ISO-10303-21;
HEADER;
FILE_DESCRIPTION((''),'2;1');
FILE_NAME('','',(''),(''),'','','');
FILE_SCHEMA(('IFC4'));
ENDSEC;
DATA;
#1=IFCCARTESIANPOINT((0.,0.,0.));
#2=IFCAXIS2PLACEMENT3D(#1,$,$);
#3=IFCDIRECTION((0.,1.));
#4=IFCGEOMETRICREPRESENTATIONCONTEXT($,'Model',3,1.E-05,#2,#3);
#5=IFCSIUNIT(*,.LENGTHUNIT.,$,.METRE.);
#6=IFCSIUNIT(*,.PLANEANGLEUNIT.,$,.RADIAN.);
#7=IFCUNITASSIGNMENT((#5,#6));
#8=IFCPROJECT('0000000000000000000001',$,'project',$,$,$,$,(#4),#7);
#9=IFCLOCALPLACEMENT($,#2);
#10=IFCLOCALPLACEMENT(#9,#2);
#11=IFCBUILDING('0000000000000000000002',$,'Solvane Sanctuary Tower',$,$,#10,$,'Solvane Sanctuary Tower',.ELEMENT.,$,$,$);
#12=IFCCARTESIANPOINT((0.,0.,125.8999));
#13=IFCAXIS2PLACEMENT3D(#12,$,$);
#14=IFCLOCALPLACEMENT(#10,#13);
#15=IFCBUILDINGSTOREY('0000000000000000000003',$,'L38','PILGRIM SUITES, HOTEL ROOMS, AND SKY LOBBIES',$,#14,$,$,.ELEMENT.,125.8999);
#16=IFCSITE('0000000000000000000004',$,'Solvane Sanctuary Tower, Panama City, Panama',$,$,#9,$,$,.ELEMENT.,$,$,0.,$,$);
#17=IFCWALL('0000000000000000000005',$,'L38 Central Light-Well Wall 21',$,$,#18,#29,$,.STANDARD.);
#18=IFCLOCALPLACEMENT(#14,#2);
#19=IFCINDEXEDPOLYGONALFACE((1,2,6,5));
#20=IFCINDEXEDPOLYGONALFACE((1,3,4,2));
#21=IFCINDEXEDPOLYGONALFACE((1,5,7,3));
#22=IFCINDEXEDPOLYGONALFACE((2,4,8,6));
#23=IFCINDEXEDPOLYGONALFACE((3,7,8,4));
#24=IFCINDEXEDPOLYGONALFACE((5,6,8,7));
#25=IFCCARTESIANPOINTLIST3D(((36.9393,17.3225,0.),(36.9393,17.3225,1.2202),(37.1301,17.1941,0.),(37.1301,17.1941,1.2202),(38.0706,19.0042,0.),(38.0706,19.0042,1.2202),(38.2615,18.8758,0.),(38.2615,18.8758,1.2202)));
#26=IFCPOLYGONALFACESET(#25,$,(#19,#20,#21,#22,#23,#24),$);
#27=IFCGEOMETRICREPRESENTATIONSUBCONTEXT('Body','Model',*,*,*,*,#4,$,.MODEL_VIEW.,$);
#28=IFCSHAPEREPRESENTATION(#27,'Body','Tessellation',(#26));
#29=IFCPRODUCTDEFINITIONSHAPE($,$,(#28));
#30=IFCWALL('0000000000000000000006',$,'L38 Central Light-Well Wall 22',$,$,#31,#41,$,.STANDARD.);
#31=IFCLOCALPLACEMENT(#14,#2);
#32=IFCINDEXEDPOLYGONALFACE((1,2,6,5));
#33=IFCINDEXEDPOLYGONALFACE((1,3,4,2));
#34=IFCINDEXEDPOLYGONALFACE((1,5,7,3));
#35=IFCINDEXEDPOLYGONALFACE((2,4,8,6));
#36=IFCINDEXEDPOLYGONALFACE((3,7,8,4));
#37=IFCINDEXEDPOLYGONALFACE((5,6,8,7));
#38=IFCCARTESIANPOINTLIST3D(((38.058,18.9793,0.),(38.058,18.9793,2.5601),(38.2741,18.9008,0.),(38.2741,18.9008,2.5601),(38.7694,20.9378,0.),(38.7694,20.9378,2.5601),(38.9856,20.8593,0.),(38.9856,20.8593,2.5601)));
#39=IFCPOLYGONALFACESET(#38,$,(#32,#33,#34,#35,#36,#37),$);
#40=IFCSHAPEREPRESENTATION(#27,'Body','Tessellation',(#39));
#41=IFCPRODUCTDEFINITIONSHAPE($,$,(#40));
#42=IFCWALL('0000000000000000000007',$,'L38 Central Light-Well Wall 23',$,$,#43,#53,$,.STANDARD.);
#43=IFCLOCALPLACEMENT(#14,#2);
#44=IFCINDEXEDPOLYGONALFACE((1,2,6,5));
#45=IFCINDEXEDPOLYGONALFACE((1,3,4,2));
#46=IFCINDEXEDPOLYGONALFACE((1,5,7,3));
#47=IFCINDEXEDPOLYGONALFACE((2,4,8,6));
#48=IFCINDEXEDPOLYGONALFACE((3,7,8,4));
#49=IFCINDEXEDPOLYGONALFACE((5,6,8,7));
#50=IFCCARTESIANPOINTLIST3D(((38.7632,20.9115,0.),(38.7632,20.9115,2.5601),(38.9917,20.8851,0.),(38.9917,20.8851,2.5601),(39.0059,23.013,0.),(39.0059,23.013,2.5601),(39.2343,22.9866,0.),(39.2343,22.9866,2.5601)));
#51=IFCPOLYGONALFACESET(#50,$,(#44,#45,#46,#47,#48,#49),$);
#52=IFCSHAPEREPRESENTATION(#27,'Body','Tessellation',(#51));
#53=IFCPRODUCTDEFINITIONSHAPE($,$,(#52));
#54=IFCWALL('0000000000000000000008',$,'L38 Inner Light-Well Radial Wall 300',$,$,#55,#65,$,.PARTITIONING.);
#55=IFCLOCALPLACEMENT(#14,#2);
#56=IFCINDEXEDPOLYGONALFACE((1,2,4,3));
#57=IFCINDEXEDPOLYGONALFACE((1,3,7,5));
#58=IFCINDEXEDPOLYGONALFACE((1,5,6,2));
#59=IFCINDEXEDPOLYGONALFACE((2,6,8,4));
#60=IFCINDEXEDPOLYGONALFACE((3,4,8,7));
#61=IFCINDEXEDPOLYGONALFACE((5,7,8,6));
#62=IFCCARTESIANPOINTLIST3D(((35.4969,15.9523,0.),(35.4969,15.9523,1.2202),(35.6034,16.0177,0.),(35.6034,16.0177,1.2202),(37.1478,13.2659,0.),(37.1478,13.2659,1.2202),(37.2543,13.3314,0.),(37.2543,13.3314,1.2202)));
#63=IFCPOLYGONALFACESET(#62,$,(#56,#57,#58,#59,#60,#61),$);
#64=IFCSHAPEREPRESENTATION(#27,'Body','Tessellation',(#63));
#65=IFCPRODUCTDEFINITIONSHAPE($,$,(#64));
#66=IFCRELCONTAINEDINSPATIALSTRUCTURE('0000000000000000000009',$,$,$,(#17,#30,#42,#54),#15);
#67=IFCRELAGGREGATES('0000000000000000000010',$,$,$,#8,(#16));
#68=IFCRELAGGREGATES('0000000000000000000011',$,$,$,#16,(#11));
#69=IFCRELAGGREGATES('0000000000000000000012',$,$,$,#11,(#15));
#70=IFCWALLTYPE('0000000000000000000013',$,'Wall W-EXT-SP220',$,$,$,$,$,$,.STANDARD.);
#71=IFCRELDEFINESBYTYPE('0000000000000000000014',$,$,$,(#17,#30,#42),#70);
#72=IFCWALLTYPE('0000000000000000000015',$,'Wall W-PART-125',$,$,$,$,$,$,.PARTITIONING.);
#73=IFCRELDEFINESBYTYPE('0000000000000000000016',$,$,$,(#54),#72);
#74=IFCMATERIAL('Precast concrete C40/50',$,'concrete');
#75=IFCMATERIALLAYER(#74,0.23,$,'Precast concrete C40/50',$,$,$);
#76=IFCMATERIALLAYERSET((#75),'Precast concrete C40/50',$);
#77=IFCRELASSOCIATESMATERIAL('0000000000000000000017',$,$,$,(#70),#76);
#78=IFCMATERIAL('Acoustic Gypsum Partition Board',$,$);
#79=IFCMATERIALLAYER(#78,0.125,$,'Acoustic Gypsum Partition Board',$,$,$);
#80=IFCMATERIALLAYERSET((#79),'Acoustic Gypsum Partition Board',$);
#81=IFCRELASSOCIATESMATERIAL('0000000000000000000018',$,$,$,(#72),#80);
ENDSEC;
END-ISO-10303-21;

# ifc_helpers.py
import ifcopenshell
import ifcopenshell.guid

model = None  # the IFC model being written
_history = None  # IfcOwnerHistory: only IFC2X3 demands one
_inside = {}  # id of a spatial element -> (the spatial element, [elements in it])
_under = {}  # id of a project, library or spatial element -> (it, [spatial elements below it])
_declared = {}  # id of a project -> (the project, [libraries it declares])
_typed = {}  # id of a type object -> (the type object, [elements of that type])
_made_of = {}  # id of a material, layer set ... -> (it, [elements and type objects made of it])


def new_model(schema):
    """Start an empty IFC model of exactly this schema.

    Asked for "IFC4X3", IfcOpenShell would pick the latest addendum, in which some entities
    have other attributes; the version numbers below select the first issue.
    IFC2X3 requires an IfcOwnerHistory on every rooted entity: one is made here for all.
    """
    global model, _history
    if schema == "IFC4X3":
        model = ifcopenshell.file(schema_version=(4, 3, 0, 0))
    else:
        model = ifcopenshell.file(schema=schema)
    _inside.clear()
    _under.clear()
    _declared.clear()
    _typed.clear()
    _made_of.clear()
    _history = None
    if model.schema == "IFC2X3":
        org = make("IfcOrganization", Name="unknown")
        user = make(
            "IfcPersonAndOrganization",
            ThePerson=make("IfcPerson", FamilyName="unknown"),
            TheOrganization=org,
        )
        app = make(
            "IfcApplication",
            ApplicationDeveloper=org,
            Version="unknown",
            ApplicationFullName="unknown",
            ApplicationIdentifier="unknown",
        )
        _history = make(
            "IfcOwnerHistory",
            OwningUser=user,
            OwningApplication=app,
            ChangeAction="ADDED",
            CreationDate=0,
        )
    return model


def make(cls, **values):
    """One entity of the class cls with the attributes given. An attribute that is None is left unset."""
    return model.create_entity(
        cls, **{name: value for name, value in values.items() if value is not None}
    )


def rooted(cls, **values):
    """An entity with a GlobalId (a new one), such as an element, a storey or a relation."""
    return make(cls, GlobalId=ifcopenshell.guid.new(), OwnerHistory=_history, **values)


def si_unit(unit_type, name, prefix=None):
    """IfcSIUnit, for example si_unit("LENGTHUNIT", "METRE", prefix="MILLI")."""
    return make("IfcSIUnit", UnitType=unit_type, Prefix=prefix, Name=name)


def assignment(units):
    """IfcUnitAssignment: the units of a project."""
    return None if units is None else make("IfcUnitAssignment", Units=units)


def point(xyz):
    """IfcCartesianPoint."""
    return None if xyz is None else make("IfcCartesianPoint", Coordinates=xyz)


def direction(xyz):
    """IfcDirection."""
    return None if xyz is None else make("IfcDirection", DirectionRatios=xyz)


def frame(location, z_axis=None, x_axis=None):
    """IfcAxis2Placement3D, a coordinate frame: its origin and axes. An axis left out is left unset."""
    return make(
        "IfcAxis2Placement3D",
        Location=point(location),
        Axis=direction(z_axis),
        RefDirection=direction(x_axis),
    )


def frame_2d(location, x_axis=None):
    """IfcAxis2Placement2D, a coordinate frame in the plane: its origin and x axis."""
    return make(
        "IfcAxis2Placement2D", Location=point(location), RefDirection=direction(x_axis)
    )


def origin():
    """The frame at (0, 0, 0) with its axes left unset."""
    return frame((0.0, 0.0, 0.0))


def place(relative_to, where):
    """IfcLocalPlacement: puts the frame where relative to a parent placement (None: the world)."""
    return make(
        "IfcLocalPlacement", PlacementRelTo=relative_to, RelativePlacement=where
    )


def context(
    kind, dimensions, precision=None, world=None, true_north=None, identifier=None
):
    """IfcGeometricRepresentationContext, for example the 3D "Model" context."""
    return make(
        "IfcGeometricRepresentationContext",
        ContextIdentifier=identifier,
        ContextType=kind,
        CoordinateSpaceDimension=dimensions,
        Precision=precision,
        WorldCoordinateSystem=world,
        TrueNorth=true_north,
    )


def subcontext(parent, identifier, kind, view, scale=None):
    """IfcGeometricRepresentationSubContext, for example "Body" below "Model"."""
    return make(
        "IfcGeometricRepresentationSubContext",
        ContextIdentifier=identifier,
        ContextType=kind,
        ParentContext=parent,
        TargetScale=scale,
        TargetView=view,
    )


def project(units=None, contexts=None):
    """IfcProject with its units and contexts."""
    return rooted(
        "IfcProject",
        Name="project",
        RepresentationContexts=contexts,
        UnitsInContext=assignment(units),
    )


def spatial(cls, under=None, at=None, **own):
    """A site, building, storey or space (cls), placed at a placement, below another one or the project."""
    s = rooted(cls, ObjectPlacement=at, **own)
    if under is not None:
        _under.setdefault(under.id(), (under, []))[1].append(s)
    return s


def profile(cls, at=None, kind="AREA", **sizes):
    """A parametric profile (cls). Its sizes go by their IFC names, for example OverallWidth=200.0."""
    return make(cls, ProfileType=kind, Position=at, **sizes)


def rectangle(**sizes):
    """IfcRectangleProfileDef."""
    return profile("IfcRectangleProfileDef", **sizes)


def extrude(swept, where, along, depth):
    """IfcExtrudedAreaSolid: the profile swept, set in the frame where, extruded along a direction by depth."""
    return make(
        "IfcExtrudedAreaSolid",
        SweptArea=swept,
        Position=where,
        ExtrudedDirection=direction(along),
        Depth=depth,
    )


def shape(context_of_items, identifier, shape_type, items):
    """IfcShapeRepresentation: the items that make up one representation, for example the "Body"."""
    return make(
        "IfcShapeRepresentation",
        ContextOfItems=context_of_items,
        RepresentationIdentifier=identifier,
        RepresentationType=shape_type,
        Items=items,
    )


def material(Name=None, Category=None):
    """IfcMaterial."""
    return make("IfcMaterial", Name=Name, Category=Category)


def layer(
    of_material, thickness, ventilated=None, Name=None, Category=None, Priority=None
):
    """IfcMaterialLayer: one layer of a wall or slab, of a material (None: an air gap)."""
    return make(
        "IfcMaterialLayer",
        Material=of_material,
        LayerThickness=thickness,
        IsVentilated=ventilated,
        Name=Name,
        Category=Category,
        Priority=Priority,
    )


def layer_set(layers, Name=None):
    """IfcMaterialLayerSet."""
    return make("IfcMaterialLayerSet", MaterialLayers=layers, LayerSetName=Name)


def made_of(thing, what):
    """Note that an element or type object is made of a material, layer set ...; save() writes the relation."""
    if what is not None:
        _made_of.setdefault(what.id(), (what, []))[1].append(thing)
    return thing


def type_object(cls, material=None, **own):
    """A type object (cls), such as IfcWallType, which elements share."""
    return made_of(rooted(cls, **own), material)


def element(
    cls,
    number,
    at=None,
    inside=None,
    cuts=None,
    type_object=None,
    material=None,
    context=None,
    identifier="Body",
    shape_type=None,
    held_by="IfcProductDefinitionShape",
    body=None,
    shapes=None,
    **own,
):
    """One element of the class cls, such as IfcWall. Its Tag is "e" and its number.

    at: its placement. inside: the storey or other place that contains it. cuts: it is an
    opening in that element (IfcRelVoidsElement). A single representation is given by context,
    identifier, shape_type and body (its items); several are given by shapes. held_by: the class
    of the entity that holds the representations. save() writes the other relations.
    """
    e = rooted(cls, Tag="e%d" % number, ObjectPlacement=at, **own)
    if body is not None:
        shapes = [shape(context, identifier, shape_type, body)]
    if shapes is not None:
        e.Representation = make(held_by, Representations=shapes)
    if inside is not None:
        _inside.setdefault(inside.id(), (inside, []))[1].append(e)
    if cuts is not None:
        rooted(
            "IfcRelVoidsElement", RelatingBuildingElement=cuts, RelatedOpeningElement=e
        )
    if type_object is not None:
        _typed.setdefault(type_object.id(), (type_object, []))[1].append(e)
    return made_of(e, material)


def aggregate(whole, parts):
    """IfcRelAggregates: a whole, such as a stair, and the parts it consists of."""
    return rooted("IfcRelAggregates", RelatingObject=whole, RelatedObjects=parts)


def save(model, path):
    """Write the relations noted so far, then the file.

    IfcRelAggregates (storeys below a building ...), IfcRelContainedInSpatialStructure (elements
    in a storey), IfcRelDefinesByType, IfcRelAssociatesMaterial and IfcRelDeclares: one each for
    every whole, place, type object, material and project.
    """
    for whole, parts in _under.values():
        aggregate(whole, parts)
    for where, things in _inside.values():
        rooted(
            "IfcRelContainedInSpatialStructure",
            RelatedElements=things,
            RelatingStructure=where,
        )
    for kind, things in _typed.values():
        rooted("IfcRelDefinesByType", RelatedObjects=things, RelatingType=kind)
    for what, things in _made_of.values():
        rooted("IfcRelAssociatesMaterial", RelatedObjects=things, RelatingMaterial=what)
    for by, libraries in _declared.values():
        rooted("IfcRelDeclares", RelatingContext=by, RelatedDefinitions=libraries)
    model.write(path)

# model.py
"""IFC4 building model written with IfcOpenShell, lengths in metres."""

from ifc_helpers import new_model, si_unit, direction, frame, frame_2d, origin, place, context, subcontext, project, spatial, rectangle, extrude, material, layer, layer_set, type_object, element, save


model = new_model("IFC4")

# Units and contexts
model_context = context("Model", 3, precision=1e-05, world=origin(), true_north=direction((0.0, 1.0)))
body_context = subcontext(model_context, "Body", "Model", "MODEL_VIEW")
ifc_project = project(units=[si_unit("LENGTHUNIT", "METRE"), si_unit("PLANEANGLEUNIT", "RADIAN")], contexts=[model_context])

# Site, building, storey
site_placement = place(None, origin())
site = spatial("IfcSite", under=ifc_project, at=site_placement, Name="Solvane Sanctuary Tower, Panama City, Panama", CompositionType="ELEMENT", RefElevation=0.0)
building_placement = place(site_placement, origin())
building = spatial("IfcBuilding", under=site, at=building_placement, Name="Solvane Sanctuary Tower", LongName="Solvane Sanctuary Tower", CompositionType="ELEMENT")
storey_placement = place(building_placement, frame((0.0, 0.0, 125.8999)))
storey = spatial("IfcBuildingStorey", under=building, at=storey_placement, Name="L38", Description="PILGRIM SUITES, HOTEL ROOMS, AND SKY LOBBIES", CompositionType="ELEMENT", Elevation=125.8999)

# Walls
ifc_material_1 = material(Name="Precast concrete C40/50", Category="concrete")
ifc_layer_1 = layer(ifc_material_1, 0.23, Name="Precast concrete C40/50")
ifc_layer_set_1 = layer_set([ifc_layer_1], Name="Precast concrete C40/50")
wall_type_1 = type_object("IfcWallType", Name="Wall W-EXT-SP220", PredefinedType="STANDARD", material=ifc_layer_set_1)
wall_1_placement = place(storey_placement, frame((37.0347, 17.2583, 0.0), z_axis=(0.0, 0.0, 1.0), x_axis=(0.558198, 0.829708, 0.0)))
element("IfcWall", 1, at=wall_1_placement, inside=storey, type_object=wall_type_1, Name="L38 Central Light-Well Wall 21", PredefinedType="STANDARD", context=body_context, shape_type="SweptSolid", body=[
    extrude(rectangle(XDim=2.0269, YDim=0.23, at=frame_2d((1.0134, 0.0))), origin(), (0.0, 0.0, 1.0), 1.2202),
])
wall_2_placement = place(storey_placement, frame((38.166, 18.9399, 0.0), z_axis=(0.0, 0.0, 1.0), x_axis=(0.341423, 0.93991, 0.0)))
element("IfcWall", 2, at=wall_2_placement, inside=storey, type_object=wall_type_1, Name="L38 Central Light-Well Wall 22", PredefinedType="STANDARD", context=body_context, shape_type="SweptSolid", body=[
    extrude(rectangle(XDim=2.0837, YDim=0.23, at=frame_2d((1.042, 0.0))), origin(), (0.0, 0.0, 1.0), 2.5601),
])
wall_3_placement = place(storey_placement, frame((38.8774, 20.8984, 0.0), z_axis=(0.0, 0.0, 1.0), x_axis=(0.114712, 0.993399, 0.0)))
element("IfcWall", 3, at=wall_3_placement, inside=storey, type_object=wall_type_1, Name="L38 Central Light-Well Wall 23", PredefinedType="STANDARD", context=body_context, shape_type="SweptSolid", body=[
    extrude(rectangle(XDim=2.1155, YDim=0.23, at=frame_2d((1.0576, 0.0))), origin(), (0.0, 0.0, 1.0), 2.5601),
])
ifc_material_2 = material(Name="Acoustic Gypsum Partition Board")
ifc_layer_2 = layer(ifc_material_2, 0.125, Name="Acoustic Gypsum Partition Board")
ifc_layer_set_2 = layer_set([ifc_layer_2], Name="Acoustic Gypsum Partition Board")
wall_type_2 = type_object("IfcWallType", Name="Wall W-PART-125", PredefinedType="PARTITIONING", material=ifc_layer_set_2)
wall_4_placement = place(storey_placement, frame((35.55, 15.9851, 0.0), z_axis=(0.0, 0.0, 1.0), x_axis=(0.523588, -0.851972, 0.0)))
element("IfcWall", 4, at=wall_4_placement, inside=storey, type_object=wall_type_2, Name="L38 Inner Light-Well Radial Wall 300", PredefinedType="PARTITIONING", context=body_context, shape_type="SweptSolid", body=[
    extrude(rectangle(XDim=3.1531, YDim=0.125, at=frame_2d((1.5767, 0.0))), origin(), (0.0, 0.0, 1.0), 1.2202),
])

save(model, "model.ifc")
